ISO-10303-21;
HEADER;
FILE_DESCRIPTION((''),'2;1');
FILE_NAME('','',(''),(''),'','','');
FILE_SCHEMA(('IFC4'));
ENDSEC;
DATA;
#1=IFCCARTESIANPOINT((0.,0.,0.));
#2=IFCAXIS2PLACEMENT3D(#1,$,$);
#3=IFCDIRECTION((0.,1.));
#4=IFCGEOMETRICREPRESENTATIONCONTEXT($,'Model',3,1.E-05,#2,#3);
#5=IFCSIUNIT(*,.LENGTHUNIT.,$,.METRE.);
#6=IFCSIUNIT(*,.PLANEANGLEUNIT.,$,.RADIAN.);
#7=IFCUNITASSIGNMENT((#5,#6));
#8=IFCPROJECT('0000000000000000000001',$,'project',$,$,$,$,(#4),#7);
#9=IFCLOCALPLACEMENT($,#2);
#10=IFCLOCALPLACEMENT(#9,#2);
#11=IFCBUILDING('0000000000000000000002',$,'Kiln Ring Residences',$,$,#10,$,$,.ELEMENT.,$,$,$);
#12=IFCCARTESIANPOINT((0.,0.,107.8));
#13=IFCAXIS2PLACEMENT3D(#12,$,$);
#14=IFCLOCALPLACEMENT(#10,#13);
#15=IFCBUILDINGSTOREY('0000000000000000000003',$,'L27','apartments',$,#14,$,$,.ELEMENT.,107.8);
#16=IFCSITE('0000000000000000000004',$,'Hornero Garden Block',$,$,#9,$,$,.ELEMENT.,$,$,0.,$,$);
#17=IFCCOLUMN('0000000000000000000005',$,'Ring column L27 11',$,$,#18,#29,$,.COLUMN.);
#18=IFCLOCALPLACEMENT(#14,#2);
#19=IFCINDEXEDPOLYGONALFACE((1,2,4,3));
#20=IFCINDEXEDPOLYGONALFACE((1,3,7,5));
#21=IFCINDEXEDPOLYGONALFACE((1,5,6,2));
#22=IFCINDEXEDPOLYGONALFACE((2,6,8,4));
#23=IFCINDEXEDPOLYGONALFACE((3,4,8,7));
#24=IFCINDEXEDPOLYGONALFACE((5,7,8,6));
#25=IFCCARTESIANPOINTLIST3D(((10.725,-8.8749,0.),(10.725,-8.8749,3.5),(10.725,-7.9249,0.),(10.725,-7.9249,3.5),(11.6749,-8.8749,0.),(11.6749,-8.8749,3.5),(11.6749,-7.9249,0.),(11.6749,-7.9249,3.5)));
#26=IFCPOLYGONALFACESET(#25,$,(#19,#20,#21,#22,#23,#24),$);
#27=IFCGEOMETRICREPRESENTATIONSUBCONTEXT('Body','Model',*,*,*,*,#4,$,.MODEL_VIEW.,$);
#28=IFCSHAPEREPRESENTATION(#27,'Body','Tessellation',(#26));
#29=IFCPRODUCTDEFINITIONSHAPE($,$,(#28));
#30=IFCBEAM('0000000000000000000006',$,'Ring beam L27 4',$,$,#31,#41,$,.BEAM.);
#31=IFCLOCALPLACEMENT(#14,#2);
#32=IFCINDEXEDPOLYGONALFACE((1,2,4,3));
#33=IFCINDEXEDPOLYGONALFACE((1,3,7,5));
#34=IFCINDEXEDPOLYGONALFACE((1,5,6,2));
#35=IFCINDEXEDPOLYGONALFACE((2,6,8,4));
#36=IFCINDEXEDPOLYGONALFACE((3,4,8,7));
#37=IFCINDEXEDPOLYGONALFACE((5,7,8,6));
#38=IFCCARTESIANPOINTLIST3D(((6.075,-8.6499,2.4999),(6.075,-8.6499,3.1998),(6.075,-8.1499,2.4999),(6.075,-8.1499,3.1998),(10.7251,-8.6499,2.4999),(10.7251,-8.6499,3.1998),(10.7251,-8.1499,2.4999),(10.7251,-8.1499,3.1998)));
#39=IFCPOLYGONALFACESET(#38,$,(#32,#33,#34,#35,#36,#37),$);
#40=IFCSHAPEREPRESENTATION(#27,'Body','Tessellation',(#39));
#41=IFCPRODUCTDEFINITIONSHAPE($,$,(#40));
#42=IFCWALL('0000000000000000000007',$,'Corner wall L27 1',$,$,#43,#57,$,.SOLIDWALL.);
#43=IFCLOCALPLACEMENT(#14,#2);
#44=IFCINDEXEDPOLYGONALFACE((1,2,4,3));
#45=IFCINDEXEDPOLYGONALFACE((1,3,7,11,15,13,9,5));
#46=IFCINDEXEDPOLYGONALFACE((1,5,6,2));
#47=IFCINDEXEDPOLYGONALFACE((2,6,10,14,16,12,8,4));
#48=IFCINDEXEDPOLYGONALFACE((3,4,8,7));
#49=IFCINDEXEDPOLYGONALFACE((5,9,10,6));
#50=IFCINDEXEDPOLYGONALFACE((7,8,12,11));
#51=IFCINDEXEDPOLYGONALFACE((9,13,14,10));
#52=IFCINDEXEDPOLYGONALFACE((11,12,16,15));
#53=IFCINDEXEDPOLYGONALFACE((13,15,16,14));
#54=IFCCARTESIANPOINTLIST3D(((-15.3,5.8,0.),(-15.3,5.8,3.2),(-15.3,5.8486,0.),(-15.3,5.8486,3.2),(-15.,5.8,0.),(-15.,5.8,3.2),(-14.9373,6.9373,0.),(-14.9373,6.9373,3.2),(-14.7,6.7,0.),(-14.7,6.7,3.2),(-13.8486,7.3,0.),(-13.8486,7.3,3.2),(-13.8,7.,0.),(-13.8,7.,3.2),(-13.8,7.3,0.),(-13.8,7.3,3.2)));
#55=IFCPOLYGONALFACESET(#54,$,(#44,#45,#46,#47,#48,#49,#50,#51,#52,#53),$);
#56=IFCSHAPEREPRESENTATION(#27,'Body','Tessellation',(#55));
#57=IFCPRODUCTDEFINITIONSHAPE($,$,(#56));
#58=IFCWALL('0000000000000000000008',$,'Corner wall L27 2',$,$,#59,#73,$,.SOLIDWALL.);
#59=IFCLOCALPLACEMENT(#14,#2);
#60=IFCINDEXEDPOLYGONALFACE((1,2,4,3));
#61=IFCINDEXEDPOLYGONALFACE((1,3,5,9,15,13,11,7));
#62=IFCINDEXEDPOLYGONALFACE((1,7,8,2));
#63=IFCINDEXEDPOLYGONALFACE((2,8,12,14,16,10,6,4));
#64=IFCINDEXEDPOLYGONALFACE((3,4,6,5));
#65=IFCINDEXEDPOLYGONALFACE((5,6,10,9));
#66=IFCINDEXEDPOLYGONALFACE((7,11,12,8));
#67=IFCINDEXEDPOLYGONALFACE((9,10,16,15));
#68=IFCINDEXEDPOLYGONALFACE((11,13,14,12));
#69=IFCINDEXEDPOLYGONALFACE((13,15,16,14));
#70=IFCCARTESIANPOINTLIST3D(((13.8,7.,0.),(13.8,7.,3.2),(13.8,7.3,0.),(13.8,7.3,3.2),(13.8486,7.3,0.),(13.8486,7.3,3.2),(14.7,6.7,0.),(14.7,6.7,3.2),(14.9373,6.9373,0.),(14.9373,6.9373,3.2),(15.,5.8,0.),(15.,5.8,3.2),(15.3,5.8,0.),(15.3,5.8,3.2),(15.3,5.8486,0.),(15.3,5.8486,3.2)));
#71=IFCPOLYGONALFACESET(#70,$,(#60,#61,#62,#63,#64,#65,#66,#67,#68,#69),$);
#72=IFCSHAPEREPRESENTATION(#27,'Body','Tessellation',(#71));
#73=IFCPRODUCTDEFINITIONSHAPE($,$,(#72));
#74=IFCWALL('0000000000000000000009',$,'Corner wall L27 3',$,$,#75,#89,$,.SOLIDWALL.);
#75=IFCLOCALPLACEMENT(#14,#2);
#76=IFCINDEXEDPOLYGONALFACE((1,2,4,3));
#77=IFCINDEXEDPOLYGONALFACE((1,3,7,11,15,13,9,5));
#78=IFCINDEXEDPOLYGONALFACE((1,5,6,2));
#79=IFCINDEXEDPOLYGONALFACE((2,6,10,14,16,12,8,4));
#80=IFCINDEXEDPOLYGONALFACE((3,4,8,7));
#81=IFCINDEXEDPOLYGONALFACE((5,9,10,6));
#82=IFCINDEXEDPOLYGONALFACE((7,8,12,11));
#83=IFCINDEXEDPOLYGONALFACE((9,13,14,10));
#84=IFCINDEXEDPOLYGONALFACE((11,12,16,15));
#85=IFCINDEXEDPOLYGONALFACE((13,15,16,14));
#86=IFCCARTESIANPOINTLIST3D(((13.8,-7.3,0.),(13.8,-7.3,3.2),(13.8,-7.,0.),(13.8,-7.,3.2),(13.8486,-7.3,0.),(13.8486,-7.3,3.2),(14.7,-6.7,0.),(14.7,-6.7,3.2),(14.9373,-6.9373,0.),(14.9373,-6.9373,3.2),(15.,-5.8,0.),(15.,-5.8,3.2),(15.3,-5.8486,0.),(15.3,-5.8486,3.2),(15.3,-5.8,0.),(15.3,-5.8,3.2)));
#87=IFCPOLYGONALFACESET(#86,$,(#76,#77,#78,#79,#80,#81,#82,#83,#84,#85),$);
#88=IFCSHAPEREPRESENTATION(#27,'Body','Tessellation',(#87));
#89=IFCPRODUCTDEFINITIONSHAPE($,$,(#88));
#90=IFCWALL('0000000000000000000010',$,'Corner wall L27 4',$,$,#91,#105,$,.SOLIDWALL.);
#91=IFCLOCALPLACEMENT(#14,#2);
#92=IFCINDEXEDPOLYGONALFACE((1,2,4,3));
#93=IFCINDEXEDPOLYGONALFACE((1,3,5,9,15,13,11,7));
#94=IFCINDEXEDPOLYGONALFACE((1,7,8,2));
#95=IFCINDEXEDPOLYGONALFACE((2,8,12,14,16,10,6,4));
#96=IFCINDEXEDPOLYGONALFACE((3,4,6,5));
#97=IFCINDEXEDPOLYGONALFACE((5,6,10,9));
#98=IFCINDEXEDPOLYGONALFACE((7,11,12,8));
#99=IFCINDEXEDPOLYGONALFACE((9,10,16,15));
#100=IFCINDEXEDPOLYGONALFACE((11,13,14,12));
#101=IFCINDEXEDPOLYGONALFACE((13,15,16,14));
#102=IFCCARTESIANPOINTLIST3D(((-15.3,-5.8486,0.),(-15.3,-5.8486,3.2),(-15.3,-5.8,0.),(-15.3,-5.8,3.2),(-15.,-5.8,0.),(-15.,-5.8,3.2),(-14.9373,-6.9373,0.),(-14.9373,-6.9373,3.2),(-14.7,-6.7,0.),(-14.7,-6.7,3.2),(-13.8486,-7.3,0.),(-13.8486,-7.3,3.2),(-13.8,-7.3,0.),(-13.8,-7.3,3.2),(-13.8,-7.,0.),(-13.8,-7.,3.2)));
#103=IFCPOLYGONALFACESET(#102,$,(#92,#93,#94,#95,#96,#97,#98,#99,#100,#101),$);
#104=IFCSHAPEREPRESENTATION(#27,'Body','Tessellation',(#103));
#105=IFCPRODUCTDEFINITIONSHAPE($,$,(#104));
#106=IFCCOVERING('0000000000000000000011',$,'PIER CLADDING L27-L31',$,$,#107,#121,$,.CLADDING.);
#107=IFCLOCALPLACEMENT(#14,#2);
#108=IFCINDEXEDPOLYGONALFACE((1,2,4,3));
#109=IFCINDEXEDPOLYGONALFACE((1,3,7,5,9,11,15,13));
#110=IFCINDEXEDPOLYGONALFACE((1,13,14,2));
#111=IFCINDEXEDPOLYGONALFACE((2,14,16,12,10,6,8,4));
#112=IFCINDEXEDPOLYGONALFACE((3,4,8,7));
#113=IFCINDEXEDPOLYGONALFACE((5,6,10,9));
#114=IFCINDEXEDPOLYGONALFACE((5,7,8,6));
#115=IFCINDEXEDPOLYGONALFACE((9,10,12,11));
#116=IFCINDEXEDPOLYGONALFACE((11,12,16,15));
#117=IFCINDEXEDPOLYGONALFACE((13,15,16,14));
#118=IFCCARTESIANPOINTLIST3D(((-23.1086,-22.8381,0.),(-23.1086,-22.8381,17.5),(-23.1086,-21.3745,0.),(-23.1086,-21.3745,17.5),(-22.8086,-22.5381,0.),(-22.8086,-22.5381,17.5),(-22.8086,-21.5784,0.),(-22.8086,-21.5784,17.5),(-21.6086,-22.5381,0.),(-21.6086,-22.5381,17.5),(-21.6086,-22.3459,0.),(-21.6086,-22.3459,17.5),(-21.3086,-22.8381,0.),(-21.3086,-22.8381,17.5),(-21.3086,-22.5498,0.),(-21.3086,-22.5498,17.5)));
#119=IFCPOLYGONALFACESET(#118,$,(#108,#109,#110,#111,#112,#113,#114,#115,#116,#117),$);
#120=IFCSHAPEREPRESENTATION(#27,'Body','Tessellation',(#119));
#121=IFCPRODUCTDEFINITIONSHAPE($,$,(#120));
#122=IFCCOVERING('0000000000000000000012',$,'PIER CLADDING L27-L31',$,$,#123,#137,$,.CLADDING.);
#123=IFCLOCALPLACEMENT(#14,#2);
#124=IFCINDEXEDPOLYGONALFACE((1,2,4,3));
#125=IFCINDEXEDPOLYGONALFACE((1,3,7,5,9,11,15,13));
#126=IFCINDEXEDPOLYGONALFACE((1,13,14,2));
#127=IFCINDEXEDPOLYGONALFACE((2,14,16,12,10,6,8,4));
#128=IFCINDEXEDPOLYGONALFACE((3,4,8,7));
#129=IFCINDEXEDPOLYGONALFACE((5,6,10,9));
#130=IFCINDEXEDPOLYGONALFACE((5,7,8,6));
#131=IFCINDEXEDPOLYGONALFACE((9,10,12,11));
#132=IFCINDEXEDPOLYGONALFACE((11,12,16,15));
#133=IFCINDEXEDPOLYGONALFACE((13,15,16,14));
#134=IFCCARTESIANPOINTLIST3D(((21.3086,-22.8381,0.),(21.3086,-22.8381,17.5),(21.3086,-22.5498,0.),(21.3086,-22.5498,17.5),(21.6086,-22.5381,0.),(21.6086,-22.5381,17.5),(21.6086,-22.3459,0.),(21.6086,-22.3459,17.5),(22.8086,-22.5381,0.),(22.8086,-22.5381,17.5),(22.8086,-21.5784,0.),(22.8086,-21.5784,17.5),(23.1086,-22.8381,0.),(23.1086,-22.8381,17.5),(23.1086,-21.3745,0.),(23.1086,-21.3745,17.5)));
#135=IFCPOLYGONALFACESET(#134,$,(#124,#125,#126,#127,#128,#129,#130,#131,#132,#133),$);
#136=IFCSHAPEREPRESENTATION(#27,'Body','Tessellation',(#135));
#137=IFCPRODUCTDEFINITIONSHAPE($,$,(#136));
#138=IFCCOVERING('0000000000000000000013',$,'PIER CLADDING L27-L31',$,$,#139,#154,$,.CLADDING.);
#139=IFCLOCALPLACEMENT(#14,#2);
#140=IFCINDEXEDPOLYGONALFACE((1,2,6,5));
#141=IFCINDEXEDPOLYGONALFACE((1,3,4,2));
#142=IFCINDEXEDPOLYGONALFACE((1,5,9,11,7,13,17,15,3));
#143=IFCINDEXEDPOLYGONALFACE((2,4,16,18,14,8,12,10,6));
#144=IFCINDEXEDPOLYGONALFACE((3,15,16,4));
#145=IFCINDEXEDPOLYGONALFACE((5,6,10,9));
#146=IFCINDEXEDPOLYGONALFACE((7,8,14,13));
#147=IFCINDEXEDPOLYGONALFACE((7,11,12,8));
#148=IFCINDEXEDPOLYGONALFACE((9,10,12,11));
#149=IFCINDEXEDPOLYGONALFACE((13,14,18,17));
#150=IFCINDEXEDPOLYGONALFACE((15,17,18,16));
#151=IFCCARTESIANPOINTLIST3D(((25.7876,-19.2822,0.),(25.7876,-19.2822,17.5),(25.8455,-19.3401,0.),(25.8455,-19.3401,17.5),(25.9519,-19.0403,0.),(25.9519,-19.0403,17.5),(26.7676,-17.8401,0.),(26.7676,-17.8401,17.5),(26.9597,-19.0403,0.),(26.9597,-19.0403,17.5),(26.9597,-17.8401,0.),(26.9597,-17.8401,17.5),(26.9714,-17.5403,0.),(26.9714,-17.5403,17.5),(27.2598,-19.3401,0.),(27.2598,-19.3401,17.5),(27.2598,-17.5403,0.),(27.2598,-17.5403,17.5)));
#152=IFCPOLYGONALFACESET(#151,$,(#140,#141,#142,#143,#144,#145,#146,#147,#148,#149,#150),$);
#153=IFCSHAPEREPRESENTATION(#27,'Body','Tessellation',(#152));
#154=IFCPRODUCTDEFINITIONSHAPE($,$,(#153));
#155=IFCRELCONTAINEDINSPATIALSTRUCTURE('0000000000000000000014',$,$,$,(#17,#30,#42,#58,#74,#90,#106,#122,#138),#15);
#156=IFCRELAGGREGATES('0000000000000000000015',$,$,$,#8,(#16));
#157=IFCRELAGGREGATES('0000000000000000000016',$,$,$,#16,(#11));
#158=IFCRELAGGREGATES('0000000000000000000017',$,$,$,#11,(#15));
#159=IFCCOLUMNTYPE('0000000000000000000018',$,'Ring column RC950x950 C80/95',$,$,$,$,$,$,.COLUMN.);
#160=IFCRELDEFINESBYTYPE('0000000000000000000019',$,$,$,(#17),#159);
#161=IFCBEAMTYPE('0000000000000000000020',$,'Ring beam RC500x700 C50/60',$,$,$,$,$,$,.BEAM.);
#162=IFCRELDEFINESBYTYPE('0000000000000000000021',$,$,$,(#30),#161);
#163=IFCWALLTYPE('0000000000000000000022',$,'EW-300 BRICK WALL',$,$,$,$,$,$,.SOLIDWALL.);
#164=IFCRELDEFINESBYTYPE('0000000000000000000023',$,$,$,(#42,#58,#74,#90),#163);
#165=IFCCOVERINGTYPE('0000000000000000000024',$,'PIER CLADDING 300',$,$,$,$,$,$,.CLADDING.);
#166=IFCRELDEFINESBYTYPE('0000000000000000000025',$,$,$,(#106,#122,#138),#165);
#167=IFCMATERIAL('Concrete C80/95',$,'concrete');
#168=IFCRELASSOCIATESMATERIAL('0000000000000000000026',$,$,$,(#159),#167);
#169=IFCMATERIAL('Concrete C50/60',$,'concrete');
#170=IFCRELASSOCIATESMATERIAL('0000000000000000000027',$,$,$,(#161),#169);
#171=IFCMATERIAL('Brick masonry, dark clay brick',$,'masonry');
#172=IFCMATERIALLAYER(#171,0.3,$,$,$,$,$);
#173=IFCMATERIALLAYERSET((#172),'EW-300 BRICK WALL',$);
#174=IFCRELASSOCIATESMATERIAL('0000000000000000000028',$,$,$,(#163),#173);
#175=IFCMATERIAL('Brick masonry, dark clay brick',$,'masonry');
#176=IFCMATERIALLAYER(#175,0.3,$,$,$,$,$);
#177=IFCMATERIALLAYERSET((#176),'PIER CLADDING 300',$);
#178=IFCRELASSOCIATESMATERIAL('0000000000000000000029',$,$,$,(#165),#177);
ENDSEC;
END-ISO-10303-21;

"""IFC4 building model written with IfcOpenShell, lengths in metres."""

from ifc_helpers import new_model, si_unit, direction, frame, origin, origin_2d, place, context, subcontext, project, spatial, polyline, rectangle, outline, extrude, material, layer, layer_set, material_profile, profile_set, type_object, element, save


model = new_model("IFC4")

# Units and contexts
model_context = context("Model", 3, precision=1e-05, world=origin(), true_north=direction((0.0, 1.0)))
body_context = subcontext(model_context, "Body", "Model", "MODEL_VIEW")
ifc_project = project(units=[si_unit("LENGTHUNIT", "METRE"), si_unit("PLANEANGLEUNIT", "RADIAN")], contexts=[model_context])

# Site, building, storey
site_placement = place(None, origin())
site = spatial("IfcSite", under=ifc_project, at=site_placement, Name="Hornero Garden Block", CompositionType="ELEMENT", RefElevation=0.0)
building_placement = place(site_placement, origin())
building = spatial("IfcBuilding", under=site, at=building_placement, Name="Kiln Ring Residences", CompositionType="ELEMENT")
storey_placement = place(building_placement, frame((0.0, 0.0, 107.8)))
storey = spatial("IfcBuildingStorey", under=building, at=storey_placement, Name="L27", Description="apartments", CompositionType="ELEMENT", Elevation=107.8)

# Column
ifc_material_1 = material(Name="Concrete C80/95", Category="concrete")
ifc_material_profile_1 = material_profile(ifc_material_1, rectangle(XDim=0.95, YDim=0.95, at=origin_2d()), Name="RC950x950")
ifc_profile_set_1 = profile_set([ifc_material_profile_1], Name="Concrete C80/95")
column_type = type_object("IfcColumnType", Name="Ring column RC950x950 C80/95", PredefinedType="COLUMN", material=ifc_profile_set_1)
column_placement = place(storey_placement, frame((11.2, -8.3999, 0.0), z_axis=(0.0, 0.0, 1.0), x_axis=(1.0, 0.0, 0.0)))
element("IfcColumn", 1, at=column_placement, inside=storey, type_object=column_type, Name="Ring column L27 11", PredefinedType="COLUMN", context=body_context, shape_type="SweptSolid", body=[
    extrude(rectangle(XDim=0.95, YDim=0.95, at=origin_2d()), origin(), (0.0, 0.0, 1.0), 3.5),
])

# Beam
ifc_material_2 = material(Name="Concrete C50/60", Category="concrete")
ifc_material_profile_2 = material_profile(ifc_material_2, rectangle(XDim=0.5, YDim=0.7, at=origin_2d()), Name="RC500x700")
ifc_profile_set_2 = profile_set([ifc_material_profile_2], Name="Concrete C50/60")
beam_type = type_object("IfcBeamType", Name="Ring beam RC500x700 C50/60", PredefinedType="BEAM", material=ifc_profile_set_2)
beam_placement = place(storey_placement, frame((6.075, -8.3999, 2.8499), z_axis=(1.0, 0.0, 0.0), x_axis=(0.0, 1.0, 0.0)))
element("IfcBeam", 2, at=beam_placement, inside=storey, type_object=beam_type, Name="Ring beam L27 4", PredefinedType="BEAM", context=body_context, shape_type="SweptSolid", body=[
    extrude(rectangle(XDim=0.5, YDim=0.7, at=origin_2d()), origin(), (0.0, 0.0, 1.0), 4.6501),
])

# Shared definitions
ifc_material_3 = material(Name="Brick masonry, dark clay brick", Category="masonry")
ifc_layer_1 = layer(ifc_material_3, 0.3)
ifc_layer_set_1 = layer_set([ifc_layer_1], Name="EW-300 BRICK WALL")
wall_type = type_object("IfcWallType", Name="EW-300 BRICK WALL", PredefinedType="SOLIDWALL", material=ifc_layer_set_1)

# Walls
placement = place(storey_placement, origin())
element("IfcWall", 3, at=placement, inside=storey, type_object=wall_type, Name="Corner wall L27 1", PredefinedType="SOLIDWALL", context=body_context, shape_type="SweptSolid", body=[
    extrude(outline(polyline([(-13.8486, 7.3), (-14.9373, 6.9373), (-15.3, 5.8486), (-15.3, 5.8), (-15.0, 5.8), (-14.7, 6.7), (-13.8, 7.0), (-13.8, 7.3), (-13.8486, 7.3)])), origin(), (0.0, 0.0, 1.0), 3.2),
])
element("IfcWall", 4, at=placement, inside=storey, type_object=wall_type, Name="Corner wall L27 2", PredefinedType="SOLIDWALL", context=body_context, shape_type="SweptSolid", body=[
    extrude(outline(polyline([(14.9373, 6.9373), (13.8486, 7.3), (13.8, 7.3), (13.8, 7.0), (14.7, 6.7), (15.0, 5.8), (15.3, 5.8), (15.3, 5.8486), (14.9373, 6.9373)])), origin(), (0.0, 0.0, 1.0), 3.2),
])
element("IfcWall", 5, at=placement, inside=storey, type_object=wall_type, Name="Corner wall L27 3", PredefinedType="SOLIDWALL", context=body_context, shape_type="SweptSolid", body=[
    extrude(outline(polyline([(14.9373, -6.9373), (15.3, -5.8486), (15.3, -5.8), (15.0, -5.8), (14.7, -6.7), (13.8, -7.0), (13.8, -7.3), (13.8486, -7.3), (14.9373, -6.9373)])), origin(), (0.0, 0.0, 1.0), 3.2),
])
element("IfcWall", 6, at=placement, inside=storey, type_object=wall_type, Name="Corner wall L27 4", PredefinedType="SOLIDWALL", context=body_context, shape_type="SweptSolid", body=[
    extrude(outline(polyline([(-14.9373, -6.9373), (-13.8486, -7.3), (-13.8, -7.3), (-13.8, -7.0), (-14.7, -6.7), (-15.0, -5.8), (-15.3, -5.8), (-15.3, -5.8486), (-14.9373, -6.9373)])), origin(), (0.0, 0.0, 1.0), 3.2),
])

# Coverings
ifc_material_4 = material(Name="Brick masonry, dark clay brick", Category="masonry")
ifc_layer_2 = layer(ifc_material_4, 0.3)
ifc_layer_set_2 = layer_set([ifc_layer_2], Name="PIER CLADDING 300")
covering_type_1 = type_object("IfcCoveringType", Name="PIER CLADDING 300", PredefinedType="CLADDING", material=ifc_layer_set_2)
element("IfcCovering", 7, at=placement, inside=storey, type_object=covering_type_1, Name="PIER CLADDING L27-L31", PredefinedType="CLADDING", context=body_context, shape_type="SweptSolid", body=[
    extrude(outline(polyline([(-22.8086, -22.5381), (-22.8086, -21.5784), (-23.1086, -21.3745), (-23.1086, -22.8381), (-21.3086, -22.8381), (-21.3086, -22.5498), (-21.6086, -22.3459), (-21.6086, -22.5381), (-22.8086, -22.5381)])), origin(), (0.0, 0.0, 1.0), 17.5),
])
element("IfcCovering", 8, at=placement, inside=storey, type_object=covering_type_1, Name="PIER CLADDING L27-L31", PredefinedType="CLADDING", context=body_context, shape_type="SweptSolid", body=[
    extrude(outline(polyline([(21.6086, -22.3459), (21.3086, -22.5498), (21.3086, -22.8381), (23.1086, -22.8381), (23.1086, -21.3745), (22.8086, -21.5784), (22.8086, -22.5381), (21.6086, -22.5381), (21.6086, -22.3459)])), origin(), (0.0, 0.0, 1.0), 17.5),
])
element("IfcCovering", 9, at=placement, inside=storey, type_object=covering_type_1, Name="PIER CLADDING L27-L31", PredefinedType="CLADDING", context=body_context, shape_type="SweptSolid", body=[
    extrude(outline(polyline([(27.2598, -19.3401), (27.2598, -17.5403), (26.9714, -17.5403), (26.7676, -17.8401), (26.9597, -17.8401), (26.9597, -19.0403), (25.9519, -19.0403), (25.7876, -19.2822), (25.8455, -19.3401), (27.2598, -19.3401)])), origin(), (0.0, 0.0, 1.0), 17.5),
])

save(model, "model.ifc")
